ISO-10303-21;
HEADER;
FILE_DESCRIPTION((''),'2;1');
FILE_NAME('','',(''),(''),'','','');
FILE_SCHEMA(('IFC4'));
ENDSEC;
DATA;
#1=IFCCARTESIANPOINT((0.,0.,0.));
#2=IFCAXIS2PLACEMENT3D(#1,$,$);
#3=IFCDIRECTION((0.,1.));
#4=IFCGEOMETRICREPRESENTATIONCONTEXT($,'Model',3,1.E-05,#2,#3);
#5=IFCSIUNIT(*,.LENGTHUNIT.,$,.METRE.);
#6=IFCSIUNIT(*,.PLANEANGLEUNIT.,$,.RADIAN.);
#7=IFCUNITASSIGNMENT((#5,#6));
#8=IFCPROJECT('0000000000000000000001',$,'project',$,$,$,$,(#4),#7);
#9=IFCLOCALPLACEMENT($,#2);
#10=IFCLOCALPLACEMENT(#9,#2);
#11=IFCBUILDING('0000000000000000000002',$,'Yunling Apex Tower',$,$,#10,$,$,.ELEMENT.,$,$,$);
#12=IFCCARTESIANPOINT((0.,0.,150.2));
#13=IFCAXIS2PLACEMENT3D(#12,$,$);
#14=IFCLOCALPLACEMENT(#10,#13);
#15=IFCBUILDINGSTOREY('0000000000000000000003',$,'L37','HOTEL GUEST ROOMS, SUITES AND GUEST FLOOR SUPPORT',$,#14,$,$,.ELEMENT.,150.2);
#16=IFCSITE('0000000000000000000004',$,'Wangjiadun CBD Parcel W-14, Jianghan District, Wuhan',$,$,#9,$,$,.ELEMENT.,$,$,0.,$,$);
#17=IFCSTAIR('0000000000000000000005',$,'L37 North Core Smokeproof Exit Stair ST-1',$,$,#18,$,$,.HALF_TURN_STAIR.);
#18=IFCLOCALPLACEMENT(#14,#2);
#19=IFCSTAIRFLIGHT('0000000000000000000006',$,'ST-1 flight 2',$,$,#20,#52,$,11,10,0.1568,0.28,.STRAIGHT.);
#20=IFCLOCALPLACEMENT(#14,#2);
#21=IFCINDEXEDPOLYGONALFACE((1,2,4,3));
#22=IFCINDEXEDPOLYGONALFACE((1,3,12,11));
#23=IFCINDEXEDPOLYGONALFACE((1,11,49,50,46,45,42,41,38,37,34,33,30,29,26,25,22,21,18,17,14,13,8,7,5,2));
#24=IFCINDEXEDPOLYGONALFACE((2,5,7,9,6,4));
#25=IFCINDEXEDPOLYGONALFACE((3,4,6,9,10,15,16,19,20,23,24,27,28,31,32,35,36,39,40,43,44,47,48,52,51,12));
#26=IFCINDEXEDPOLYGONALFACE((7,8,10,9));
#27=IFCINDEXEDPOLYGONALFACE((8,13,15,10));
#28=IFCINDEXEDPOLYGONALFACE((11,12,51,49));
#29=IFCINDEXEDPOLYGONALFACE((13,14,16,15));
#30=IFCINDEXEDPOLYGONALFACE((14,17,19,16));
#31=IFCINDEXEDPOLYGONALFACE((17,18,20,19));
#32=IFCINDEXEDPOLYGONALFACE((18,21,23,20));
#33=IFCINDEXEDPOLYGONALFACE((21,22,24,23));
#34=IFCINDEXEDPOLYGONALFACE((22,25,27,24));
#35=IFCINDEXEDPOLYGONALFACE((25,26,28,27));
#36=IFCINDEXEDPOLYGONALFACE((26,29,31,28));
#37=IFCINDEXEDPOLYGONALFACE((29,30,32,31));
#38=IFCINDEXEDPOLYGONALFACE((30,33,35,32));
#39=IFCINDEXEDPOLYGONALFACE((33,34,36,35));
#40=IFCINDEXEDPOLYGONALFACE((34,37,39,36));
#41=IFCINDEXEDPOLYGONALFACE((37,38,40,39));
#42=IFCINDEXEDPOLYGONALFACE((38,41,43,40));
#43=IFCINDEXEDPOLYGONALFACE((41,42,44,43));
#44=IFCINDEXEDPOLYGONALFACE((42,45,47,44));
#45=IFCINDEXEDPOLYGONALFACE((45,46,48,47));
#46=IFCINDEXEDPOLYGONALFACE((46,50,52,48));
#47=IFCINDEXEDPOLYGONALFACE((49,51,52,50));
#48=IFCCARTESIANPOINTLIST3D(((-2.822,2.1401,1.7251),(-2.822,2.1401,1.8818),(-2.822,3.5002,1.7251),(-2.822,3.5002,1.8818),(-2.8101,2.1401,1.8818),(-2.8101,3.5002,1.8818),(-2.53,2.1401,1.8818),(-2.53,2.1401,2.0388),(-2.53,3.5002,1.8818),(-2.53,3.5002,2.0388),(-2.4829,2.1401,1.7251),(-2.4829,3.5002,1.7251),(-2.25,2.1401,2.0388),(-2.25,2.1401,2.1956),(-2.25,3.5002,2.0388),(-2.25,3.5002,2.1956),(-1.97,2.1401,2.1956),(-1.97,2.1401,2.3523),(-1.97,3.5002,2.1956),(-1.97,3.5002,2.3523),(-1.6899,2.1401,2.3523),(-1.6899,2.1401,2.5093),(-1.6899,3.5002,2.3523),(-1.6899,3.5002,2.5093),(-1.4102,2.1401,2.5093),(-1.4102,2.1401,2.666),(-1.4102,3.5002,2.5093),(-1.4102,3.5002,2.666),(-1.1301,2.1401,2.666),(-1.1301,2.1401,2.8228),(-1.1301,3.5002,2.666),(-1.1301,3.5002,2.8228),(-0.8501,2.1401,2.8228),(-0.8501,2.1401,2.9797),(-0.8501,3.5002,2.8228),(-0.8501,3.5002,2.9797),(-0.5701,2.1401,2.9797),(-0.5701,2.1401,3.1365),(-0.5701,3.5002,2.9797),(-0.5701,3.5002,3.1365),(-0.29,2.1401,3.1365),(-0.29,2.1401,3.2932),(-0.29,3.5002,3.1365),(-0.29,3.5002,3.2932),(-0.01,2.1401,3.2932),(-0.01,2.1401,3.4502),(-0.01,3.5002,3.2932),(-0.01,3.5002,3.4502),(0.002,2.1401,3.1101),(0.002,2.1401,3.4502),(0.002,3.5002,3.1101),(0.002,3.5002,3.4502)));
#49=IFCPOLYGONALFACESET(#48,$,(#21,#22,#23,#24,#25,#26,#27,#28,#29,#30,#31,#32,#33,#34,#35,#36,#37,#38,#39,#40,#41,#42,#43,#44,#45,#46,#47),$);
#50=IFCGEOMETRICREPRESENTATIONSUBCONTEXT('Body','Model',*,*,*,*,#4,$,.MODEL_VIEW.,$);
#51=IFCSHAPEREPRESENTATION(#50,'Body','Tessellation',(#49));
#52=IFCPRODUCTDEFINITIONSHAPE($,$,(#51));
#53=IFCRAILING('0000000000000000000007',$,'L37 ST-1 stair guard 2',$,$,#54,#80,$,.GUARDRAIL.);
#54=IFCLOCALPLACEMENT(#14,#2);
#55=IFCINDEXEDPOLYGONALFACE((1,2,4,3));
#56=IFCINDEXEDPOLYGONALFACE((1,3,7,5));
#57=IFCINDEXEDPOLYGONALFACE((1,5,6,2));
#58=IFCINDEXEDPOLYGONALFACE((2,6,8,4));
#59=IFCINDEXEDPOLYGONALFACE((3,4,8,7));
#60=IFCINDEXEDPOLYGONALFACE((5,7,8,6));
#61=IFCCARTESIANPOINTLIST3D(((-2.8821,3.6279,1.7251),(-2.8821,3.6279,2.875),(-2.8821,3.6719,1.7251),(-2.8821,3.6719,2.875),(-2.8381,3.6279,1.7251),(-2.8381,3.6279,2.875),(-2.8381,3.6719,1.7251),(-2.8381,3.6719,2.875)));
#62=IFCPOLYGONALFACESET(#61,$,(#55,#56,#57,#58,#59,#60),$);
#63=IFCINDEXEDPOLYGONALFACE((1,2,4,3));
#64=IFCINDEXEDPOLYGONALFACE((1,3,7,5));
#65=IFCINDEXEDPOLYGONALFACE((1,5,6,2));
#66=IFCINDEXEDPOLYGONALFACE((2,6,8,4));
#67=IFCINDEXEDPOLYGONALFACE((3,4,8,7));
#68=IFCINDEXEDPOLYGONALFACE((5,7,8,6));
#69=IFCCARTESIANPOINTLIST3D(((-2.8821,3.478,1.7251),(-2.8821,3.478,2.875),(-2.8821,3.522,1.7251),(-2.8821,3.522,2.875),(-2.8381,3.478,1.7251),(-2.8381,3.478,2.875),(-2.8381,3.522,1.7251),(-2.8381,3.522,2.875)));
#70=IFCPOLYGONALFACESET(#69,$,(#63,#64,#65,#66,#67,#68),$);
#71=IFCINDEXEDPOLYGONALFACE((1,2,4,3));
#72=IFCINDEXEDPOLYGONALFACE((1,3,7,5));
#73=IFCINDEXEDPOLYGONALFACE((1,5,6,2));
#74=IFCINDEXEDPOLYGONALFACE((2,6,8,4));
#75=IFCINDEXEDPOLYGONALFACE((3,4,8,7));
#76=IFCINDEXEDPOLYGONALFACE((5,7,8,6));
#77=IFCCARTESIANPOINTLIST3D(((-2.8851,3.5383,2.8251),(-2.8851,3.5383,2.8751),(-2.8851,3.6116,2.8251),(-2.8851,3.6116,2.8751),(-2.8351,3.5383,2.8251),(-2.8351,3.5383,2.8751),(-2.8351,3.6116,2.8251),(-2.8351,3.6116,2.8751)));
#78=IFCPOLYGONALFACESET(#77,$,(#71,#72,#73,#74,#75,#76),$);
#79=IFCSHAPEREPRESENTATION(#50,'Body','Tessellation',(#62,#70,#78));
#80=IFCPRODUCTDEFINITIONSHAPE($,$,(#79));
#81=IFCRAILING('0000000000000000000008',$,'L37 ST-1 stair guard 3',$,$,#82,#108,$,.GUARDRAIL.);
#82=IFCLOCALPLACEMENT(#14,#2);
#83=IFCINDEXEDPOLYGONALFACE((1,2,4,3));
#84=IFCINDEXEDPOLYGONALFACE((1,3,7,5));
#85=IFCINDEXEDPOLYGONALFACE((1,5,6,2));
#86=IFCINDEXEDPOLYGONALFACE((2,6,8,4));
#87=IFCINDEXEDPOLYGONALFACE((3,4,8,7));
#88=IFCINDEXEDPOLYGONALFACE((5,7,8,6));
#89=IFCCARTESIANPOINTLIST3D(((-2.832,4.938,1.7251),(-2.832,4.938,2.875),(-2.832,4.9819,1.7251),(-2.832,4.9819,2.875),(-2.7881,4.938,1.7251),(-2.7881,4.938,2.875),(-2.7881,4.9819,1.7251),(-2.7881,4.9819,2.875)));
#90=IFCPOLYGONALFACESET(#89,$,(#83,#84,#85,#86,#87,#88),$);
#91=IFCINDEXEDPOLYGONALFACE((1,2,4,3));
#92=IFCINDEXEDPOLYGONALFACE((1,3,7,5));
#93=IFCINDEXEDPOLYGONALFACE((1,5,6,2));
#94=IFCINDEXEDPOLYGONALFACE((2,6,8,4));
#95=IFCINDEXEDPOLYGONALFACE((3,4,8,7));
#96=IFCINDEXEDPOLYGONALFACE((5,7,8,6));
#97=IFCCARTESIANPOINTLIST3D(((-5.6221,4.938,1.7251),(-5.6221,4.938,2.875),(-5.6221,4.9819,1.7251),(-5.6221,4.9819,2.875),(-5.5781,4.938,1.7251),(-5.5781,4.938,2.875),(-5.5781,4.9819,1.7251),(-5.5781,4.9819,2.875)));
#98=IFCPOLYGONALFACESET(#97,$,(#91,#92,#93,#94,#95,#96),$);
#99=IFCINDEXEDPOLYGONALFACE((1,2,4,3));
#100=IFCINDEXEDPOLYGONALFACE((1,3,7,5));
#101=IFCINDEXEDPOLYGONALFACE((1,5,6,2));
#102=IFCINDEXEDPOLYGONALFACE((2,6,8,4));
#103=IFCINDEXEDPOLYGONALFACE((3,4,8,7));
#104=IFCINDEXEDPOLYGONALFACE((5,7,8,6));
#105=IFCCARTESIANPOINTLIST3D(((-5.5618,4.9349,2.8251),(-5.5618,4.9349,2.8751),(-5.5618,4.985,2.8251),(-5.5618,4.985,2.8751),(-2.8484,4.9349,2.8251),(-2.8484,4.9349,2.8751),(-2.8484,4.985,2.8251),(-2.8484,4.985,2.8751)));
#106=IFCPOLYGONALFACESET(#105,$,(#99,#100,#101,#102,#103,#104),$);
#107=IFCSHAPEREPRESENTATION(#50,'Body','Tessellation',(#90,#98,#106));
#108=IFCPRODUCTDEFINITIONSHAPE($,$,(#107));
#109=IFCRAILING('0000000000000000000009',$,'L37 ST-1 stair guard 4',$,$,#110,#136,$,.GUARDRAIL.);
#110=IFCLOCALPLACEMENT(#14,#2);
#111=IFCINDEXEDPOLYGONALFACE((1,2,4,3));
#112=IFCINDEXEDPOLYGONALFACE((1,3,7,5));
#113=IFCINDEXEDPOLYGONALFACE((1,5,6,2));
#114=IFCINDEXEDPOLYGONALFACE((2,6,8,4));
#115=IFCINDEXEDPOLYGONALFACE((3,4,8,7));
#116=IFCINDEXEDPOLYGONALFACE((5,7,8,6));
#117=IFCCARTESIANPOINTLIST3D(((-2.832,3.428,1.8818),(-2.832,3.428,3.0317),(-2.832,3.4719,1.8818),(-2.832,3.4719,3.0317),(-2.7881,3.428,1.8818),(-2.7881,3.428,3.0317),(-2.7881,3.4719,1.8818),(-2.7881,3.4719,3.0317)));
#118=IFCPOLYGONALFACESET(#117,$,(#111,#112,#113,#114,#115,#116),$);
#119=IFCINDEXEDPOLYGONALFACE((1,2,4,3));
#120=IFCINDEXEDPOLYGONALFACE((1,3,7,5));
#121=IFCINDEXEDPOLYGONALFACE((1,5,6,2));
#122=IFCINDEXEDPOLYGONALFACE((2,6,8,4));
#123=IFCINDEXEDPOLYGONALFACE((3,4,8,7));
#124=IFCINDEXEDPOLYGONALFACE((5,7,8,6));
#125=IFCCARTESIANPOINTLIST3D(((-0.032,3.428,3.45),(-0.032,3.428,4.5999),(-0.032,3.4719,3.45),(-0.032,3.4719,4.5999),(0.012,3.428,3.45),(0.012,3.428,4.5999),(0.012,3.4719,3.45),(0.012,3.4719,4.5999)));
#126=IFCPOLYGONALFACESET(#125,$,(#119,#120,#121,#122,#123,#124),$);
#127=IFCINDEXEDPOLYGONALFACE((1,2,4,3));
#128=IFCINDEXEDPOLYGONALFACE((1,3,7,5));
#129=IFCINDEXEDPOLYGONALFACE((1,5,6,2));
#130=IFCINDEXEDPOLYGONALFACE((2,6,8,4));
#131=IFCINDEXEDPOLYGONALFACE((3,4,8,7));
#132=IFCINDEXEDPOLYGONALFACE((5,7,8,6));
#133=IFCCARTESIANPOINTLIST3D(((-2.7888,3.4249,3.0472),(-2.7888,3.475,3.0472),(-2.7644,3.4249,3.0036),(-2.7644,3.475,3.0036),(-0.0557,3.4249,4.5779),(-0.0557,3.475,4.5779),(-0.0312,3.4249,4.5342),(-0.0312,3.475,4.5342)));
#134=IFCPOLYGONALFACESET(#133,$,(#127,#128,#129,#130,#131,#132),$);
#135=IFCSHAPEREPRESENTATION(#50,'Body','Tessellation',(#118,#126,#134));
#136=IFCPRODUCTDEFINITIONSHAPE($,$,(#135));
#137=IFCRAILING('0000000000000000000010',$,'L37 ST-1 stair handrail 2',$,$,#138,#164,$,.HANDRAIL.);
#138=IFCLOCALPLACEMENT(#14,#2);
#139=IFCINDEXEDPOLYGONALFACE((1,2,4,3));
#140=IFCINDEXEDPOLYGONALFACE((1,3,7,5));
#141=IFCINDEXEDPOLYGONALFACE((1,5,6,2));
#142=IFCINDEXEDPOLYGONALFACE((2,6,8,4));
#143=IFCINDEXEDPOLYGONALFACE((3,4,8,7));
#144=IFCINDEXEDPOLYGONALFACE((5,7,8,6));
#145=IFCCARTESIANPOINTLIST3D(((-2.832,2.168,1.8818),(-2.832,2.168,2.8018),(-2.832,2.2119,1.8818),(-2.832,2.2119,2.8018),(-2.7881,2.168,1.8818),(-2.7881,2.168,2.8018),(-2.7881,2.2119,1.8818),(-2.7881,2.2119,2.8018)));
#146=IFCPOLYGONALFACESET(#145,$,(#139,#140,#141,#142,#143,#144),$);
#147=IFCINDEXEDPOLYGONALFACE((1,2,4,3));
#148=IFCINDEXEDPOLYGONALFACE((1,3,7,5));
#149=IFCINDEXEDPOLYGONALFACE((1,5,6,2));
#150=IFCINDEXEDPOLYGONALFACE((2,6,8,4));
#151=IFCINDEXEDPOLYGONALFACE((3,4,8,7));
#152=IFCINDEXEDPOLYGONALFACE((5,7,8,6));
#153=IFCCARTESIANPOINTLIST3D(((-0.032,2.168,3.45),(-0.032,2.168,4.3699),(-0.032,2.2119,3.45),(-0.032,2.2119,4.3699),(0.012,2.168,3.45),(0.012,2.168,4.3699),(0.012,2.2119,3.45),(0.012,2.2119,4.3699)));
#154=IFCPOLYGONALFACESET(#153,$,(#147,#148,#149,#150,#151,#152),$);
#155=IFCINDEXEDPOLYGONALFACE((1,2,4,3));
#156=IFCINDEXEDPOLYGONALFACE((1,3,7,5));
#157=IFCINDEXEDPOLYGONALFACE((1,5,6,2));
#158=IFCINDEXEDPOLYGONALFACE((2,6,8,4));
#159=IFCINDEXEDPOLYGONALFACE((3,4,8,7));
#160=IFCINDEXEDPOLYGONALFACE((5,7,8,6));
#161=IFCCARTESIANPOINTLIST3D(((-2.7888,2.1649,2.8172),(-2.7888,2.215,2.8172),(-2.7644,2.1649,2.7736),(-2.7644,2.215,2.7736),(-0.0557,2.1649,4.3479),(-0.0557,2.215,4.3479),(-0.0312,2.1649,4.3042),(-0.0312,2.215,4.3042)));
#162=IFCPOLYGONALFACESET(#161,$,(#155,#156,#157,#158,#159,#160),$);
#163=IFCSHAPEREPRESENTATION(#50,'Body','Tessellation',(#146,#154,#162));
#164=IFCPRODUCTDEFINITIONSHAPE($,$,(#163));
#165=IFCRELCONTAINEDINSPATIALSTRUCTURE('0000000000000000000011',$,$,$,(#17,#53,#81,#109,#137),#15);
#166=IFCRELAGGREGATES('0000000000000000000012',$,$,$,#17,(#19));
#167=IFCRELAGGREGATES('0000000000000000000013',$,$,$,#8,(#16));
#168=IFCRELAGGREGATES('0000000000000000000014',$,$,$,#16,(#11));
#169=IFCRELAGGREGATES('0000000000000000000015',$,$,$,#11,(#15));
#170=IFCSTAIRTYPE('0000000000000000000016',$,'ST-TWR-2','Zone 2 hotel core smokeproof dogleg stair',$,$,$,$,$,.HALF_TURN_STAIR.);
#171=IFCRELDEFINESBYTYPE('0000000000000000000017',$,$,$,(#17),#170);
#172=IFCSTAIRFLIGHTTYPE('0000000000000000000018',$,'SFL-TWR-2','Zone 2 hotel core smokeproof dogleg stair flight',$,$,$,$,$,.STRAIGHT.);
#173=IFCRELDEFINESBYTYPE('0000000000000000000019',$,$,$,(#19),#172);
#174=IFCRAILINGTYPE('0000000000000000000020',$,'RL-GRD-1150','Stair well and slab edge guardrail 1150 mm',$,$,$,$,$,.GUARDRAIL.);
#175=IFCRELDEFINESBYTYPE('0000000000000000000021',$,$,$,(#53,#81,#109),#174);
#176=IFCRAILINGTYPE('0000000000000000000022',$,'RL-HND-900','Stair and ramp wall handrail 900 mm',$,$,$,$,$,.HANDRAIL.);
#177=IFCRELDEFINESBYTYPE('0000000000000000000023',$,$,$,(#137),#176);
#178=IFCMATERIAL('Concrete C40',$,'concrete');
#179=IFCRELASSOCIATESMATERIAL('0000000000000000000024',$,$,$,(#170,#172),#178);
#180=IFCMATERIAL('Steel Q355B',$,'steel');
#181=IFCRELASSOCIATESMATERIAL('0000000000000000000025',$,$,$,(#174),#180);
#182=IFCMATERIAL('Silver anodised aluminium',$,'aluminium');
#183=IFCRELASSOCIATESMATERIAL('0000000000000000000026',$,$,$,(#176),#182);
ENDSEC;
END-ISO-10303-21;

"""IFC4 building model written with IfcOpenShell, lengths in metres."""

from ifc_helpers import new_model, si_unit, direction, frame, origin, origin_2d, place, context, subcontext, project, spatial, polyline, rectangle, outline, extrude, material, type_object, element, aggregate, save


model = new_model("IFC4")

# Units and contexts
model_context = context("Model", 3, precision=1e-05, world=origin(), true_north=direction((0.0, 1.0)))
body_context = subcontext(model_context, "Body", "Model", "MODEL_VIEW")
ifc_project = project(units=[si_unit("LENGTHUNIT", "METRE"), si_unit("PLANEANGLEUNIT", "RADIAN")], contexts=[model_context])

# Site, building, storey
site_placement = place(None, origin())
site = spatial("IfcSite", under=ifc_project, at=site_placement, Name="Wangjiadun CBD Parcel W-14, Jianghan District, Wuhan", CompositionType="ELEMENT", RefElevation=0.0)
building_placement = place(site_placement, origin())
building = spatial("IfcBuilding", under=site, at=building_placement, Name="Yunling Apex Tower", CompositionType="ELEMENT")
storey_placement = place(building_placement, frame((0.0, 0.0, 150.2)))
storey = spatial("IfcBuildingStorey", under=building, at=storey_placement, Name="L37", Description="HOTEL GUEST ROOMS, SUITES AND GUEST FLOOR SUPPORT", CompositionType="ELEMENT", Elevation=150.2)

# Shared definitions
ifc_material_1 = material(Name="Steel Q355B", Category="steel")

# Shared definitions
ifc_material_2 = material(Name="Concrete C40", Category="concrete")

# Shared definitions
ifc_material_3 = material(Name="Silver anodised aluminium", Category="aluminium")

# Stair, stair flight
stair_type = type_object("IfcStairType", Name="ST-TWR-2", Description="Zone 2 hotel core smokeproof dogleg stair", PredefinedType="HALF_TURN_STAIR", material=ifc_material_2)
stair_placement = place(storey_placement, origin())
stair = element("IfcStair", 1, at=stair_placement, inside=storey, type_object=stair_type, Name="L37 North Core Smokeproof Exit Stair ST-1", PredefinedType="HALF_TURN_STAIR")
stair_flight_type = type_object("IfcStairFlightType", Name="SFL-TWR-2", Description="Zone 2 hotel core smokeproof dogleg stair flight", PredefinedType="STRAIGHT", material=ifc_material_2)
stair_flight_1_placement = place(storey_placement, frame((-2.8101, 2.8201, 1.7251), z_axis=(0.0, 0.0, 1.0), x_axis=(1.0, 0.0, 0.0)))
stair_flight_1 = element("IfcStairFlight", 2, at=stair_flight_1_placement, type_object=stair_flight_type, Name="ST-1 flight 2", NumberOfRisers=11, NumberOfTreads=10, PredefinedType="STRAIGHT", RiserHeight=0.1568, TreadLength=0.28, context=body_context, shape_type="SweptSolid", body=[
    extrude(outline(polyline([(-0.012, 0.0), (-0.012, 0.1567), (0.0, 0.1567), (0.28, 0.1567), (0.28, 0.3137), (0.5601, 0.3137), (0.5601, 0.4705), (0.8401, 0.4705), (0.8401, 0.6272), (1.1201, 0.6272), (1.1201, 0.7842), (1.3999, 0.7842), (1.3999, 0.9409), (1.6799, 0.9409), (1.6799, 1.0977), (1.96, 1.0977), (1.96, 1.2546), (2.24, 1.2546), (2.24, 1.4114), (2.52, 1.4114), (2.52, 1.5681), (2.8, 1.5681), (2.8, 1.7251), (2.812, 1.7251), (2.812, 1.385), (0.3271, 0.0), (-0.012, 0.0)])), frame((0.0, 0.6802, 0.0), z_axis=(0.0, -1.0, 0.0), x_axis=(1.0, 0.0, 0.0)), (0.0, 0.0, 1.0), 1.3601),
])
aggregate(stair, [stair_flight_1])

# Railings
railing_type_1 = type_object("IfcRailingType", Name="RL-GRD-1150", Description="Stair well and slab edge guardrail 1150 mm", PredefinedType="GUARDRAIL", material=ifc_material_1)
railing_1_placement = place(storey_placement, frame((-2.8601, 3.6499, 1.7251)))
element("IfcRailing", 3, at=railing_1_placement, inside=storey, type_object=railing_type_1, Name="L37 ST-1 stair guard 2", PredefinedType="GUARDRAIL", context=body_context, shape_type="SweptSolid", body=[
    extrude(rectangle(XDim=0.0439, YDim=0.0439, at=origin_2d()), origin(), (0.0, 0.0, 1.0), 1.1499),
    extrude(rectangle(XDim=0.0439, YDim=0.0439, at=origin_2d()), frame((0.0, -0.1499, 0.0)), (0.0, 0.0, 1.0), 1.1499),
    extrude(rectangle(XDim=0.05, YDim=0.05, at=origin_2d()), frame((0.0, -0.0383, 1.125), z_axis=(0.0, -1.0, 0.0), x_axis=(1.0, 0.0, 0.0)), (0.0, 0.0, 1.0), 0.0732),
])
railing_2_placement = place(storey_placement, frame((-2.8101, 4.96, 1.7251)))
element("IfcRailing", 4, at=railing_2_placement, inside=storey, type_object=railing_type_1, Name="L37 ST-1 stair guard 3", PredefinedType="GUARDRAIL", context=body_context, shape_type="SweptSolid", body=[
    extrude(rectangle(XDim=0.0439, YDim=0.0439, at=origin_2d()), origin(), (0.0, 0.0, 1.0), 1.1499),
    extrude(rectangle(XDim=0.0439, YDim=0.0439, at=origin_2d()), frame((-2.79, 0.0, 0.0)), (0.0, 0.0, 1.0), 1.1499),
    extrude(rectangle(XDim=0.05, YDim=0.05, at=origin_2d()), frame((-0.0383, 0.0, 1.125), z_axis=(-1.0, 0.0, 0.0), x_axis=(0.0, -1.0, 0.0)), (0.0, 0.0, 1.0), 2.7134),
])
railing_3_placement = place(storey_placement, frame((-2.8101, 3.45, 1.8818)))
element("IfcRailing", 5, at=railing_3_placement, inside=storey, type_object=railing_type_1, Name="L37 ST-1 stair guard 4", PredefinedType="GUARDRAIL", context=body_context, shape_type="SweptSolid", body=[
    extrude(rectangle(XDim=0.0439, YDim=0.0439, at=origin_2d()), origin(), (0.0, 0.0, 1.0), 1.1499),
    extrude(rectangle(XDim=0.0439, YDim=0.0439, at=origin_2d()), frame((2.8, 0.0, 1.5681)), (0.0, 0.0, 1.0), 1.1499),
    extrude(rectangle(XDim=0.05, YDim=0.05, at=origin_2d()), frame((0.0334, 0.0, 1.1436), z_axis=(0.872494, 0.0, 0.488624), x_axis=(0.0, 1.0, 0.0)), (0.0, 0.0, 1.0), 3.1326),
])
railing_type_2 = type_object("IfcRailingType", Name="RL-HND-900", Description="Stair and ramp wall handrail 900 mm", PredefinedType="HANDRAIL", material=ifc_material_3)
railing_4_placement = place(storey_placement, frame((-2.8101, 2.1899, 1.8818)))
element("IfcRailing", 6, at=railing_4_placement, inside=storey, type_object=railing_type_2, Name="L37 ST-1 stair handrail 2", PredefinedType="HANDRAIL", context=body_context, shape_type="SweptSolid", body=[
    extrude(rectangle(XDim=0.0439, YDim=0.0439, at=origin_2d()), origin(), (0.0, 0.0, 1.0), 0.9199),
    extrude(rectangle(XDim=0.0439, YDim=0.0439, at=origin_2d()), frame((2.8, 0.0, 1.5681)), (0.0, 0.0, 1.0), 0.9199),
    extrude(rectangle(XDim=0.05, YDim=0.05, at=origin_2d()), frame((0.0334, 0.0, 0.9136), z_axis=(0.872494, 0.0, 0.488624), x_axis=(0.0, 1.0, 0.0)), (0.0, 0.0, 1.0), 3.1326),
])

save(model, "model.ifc")
